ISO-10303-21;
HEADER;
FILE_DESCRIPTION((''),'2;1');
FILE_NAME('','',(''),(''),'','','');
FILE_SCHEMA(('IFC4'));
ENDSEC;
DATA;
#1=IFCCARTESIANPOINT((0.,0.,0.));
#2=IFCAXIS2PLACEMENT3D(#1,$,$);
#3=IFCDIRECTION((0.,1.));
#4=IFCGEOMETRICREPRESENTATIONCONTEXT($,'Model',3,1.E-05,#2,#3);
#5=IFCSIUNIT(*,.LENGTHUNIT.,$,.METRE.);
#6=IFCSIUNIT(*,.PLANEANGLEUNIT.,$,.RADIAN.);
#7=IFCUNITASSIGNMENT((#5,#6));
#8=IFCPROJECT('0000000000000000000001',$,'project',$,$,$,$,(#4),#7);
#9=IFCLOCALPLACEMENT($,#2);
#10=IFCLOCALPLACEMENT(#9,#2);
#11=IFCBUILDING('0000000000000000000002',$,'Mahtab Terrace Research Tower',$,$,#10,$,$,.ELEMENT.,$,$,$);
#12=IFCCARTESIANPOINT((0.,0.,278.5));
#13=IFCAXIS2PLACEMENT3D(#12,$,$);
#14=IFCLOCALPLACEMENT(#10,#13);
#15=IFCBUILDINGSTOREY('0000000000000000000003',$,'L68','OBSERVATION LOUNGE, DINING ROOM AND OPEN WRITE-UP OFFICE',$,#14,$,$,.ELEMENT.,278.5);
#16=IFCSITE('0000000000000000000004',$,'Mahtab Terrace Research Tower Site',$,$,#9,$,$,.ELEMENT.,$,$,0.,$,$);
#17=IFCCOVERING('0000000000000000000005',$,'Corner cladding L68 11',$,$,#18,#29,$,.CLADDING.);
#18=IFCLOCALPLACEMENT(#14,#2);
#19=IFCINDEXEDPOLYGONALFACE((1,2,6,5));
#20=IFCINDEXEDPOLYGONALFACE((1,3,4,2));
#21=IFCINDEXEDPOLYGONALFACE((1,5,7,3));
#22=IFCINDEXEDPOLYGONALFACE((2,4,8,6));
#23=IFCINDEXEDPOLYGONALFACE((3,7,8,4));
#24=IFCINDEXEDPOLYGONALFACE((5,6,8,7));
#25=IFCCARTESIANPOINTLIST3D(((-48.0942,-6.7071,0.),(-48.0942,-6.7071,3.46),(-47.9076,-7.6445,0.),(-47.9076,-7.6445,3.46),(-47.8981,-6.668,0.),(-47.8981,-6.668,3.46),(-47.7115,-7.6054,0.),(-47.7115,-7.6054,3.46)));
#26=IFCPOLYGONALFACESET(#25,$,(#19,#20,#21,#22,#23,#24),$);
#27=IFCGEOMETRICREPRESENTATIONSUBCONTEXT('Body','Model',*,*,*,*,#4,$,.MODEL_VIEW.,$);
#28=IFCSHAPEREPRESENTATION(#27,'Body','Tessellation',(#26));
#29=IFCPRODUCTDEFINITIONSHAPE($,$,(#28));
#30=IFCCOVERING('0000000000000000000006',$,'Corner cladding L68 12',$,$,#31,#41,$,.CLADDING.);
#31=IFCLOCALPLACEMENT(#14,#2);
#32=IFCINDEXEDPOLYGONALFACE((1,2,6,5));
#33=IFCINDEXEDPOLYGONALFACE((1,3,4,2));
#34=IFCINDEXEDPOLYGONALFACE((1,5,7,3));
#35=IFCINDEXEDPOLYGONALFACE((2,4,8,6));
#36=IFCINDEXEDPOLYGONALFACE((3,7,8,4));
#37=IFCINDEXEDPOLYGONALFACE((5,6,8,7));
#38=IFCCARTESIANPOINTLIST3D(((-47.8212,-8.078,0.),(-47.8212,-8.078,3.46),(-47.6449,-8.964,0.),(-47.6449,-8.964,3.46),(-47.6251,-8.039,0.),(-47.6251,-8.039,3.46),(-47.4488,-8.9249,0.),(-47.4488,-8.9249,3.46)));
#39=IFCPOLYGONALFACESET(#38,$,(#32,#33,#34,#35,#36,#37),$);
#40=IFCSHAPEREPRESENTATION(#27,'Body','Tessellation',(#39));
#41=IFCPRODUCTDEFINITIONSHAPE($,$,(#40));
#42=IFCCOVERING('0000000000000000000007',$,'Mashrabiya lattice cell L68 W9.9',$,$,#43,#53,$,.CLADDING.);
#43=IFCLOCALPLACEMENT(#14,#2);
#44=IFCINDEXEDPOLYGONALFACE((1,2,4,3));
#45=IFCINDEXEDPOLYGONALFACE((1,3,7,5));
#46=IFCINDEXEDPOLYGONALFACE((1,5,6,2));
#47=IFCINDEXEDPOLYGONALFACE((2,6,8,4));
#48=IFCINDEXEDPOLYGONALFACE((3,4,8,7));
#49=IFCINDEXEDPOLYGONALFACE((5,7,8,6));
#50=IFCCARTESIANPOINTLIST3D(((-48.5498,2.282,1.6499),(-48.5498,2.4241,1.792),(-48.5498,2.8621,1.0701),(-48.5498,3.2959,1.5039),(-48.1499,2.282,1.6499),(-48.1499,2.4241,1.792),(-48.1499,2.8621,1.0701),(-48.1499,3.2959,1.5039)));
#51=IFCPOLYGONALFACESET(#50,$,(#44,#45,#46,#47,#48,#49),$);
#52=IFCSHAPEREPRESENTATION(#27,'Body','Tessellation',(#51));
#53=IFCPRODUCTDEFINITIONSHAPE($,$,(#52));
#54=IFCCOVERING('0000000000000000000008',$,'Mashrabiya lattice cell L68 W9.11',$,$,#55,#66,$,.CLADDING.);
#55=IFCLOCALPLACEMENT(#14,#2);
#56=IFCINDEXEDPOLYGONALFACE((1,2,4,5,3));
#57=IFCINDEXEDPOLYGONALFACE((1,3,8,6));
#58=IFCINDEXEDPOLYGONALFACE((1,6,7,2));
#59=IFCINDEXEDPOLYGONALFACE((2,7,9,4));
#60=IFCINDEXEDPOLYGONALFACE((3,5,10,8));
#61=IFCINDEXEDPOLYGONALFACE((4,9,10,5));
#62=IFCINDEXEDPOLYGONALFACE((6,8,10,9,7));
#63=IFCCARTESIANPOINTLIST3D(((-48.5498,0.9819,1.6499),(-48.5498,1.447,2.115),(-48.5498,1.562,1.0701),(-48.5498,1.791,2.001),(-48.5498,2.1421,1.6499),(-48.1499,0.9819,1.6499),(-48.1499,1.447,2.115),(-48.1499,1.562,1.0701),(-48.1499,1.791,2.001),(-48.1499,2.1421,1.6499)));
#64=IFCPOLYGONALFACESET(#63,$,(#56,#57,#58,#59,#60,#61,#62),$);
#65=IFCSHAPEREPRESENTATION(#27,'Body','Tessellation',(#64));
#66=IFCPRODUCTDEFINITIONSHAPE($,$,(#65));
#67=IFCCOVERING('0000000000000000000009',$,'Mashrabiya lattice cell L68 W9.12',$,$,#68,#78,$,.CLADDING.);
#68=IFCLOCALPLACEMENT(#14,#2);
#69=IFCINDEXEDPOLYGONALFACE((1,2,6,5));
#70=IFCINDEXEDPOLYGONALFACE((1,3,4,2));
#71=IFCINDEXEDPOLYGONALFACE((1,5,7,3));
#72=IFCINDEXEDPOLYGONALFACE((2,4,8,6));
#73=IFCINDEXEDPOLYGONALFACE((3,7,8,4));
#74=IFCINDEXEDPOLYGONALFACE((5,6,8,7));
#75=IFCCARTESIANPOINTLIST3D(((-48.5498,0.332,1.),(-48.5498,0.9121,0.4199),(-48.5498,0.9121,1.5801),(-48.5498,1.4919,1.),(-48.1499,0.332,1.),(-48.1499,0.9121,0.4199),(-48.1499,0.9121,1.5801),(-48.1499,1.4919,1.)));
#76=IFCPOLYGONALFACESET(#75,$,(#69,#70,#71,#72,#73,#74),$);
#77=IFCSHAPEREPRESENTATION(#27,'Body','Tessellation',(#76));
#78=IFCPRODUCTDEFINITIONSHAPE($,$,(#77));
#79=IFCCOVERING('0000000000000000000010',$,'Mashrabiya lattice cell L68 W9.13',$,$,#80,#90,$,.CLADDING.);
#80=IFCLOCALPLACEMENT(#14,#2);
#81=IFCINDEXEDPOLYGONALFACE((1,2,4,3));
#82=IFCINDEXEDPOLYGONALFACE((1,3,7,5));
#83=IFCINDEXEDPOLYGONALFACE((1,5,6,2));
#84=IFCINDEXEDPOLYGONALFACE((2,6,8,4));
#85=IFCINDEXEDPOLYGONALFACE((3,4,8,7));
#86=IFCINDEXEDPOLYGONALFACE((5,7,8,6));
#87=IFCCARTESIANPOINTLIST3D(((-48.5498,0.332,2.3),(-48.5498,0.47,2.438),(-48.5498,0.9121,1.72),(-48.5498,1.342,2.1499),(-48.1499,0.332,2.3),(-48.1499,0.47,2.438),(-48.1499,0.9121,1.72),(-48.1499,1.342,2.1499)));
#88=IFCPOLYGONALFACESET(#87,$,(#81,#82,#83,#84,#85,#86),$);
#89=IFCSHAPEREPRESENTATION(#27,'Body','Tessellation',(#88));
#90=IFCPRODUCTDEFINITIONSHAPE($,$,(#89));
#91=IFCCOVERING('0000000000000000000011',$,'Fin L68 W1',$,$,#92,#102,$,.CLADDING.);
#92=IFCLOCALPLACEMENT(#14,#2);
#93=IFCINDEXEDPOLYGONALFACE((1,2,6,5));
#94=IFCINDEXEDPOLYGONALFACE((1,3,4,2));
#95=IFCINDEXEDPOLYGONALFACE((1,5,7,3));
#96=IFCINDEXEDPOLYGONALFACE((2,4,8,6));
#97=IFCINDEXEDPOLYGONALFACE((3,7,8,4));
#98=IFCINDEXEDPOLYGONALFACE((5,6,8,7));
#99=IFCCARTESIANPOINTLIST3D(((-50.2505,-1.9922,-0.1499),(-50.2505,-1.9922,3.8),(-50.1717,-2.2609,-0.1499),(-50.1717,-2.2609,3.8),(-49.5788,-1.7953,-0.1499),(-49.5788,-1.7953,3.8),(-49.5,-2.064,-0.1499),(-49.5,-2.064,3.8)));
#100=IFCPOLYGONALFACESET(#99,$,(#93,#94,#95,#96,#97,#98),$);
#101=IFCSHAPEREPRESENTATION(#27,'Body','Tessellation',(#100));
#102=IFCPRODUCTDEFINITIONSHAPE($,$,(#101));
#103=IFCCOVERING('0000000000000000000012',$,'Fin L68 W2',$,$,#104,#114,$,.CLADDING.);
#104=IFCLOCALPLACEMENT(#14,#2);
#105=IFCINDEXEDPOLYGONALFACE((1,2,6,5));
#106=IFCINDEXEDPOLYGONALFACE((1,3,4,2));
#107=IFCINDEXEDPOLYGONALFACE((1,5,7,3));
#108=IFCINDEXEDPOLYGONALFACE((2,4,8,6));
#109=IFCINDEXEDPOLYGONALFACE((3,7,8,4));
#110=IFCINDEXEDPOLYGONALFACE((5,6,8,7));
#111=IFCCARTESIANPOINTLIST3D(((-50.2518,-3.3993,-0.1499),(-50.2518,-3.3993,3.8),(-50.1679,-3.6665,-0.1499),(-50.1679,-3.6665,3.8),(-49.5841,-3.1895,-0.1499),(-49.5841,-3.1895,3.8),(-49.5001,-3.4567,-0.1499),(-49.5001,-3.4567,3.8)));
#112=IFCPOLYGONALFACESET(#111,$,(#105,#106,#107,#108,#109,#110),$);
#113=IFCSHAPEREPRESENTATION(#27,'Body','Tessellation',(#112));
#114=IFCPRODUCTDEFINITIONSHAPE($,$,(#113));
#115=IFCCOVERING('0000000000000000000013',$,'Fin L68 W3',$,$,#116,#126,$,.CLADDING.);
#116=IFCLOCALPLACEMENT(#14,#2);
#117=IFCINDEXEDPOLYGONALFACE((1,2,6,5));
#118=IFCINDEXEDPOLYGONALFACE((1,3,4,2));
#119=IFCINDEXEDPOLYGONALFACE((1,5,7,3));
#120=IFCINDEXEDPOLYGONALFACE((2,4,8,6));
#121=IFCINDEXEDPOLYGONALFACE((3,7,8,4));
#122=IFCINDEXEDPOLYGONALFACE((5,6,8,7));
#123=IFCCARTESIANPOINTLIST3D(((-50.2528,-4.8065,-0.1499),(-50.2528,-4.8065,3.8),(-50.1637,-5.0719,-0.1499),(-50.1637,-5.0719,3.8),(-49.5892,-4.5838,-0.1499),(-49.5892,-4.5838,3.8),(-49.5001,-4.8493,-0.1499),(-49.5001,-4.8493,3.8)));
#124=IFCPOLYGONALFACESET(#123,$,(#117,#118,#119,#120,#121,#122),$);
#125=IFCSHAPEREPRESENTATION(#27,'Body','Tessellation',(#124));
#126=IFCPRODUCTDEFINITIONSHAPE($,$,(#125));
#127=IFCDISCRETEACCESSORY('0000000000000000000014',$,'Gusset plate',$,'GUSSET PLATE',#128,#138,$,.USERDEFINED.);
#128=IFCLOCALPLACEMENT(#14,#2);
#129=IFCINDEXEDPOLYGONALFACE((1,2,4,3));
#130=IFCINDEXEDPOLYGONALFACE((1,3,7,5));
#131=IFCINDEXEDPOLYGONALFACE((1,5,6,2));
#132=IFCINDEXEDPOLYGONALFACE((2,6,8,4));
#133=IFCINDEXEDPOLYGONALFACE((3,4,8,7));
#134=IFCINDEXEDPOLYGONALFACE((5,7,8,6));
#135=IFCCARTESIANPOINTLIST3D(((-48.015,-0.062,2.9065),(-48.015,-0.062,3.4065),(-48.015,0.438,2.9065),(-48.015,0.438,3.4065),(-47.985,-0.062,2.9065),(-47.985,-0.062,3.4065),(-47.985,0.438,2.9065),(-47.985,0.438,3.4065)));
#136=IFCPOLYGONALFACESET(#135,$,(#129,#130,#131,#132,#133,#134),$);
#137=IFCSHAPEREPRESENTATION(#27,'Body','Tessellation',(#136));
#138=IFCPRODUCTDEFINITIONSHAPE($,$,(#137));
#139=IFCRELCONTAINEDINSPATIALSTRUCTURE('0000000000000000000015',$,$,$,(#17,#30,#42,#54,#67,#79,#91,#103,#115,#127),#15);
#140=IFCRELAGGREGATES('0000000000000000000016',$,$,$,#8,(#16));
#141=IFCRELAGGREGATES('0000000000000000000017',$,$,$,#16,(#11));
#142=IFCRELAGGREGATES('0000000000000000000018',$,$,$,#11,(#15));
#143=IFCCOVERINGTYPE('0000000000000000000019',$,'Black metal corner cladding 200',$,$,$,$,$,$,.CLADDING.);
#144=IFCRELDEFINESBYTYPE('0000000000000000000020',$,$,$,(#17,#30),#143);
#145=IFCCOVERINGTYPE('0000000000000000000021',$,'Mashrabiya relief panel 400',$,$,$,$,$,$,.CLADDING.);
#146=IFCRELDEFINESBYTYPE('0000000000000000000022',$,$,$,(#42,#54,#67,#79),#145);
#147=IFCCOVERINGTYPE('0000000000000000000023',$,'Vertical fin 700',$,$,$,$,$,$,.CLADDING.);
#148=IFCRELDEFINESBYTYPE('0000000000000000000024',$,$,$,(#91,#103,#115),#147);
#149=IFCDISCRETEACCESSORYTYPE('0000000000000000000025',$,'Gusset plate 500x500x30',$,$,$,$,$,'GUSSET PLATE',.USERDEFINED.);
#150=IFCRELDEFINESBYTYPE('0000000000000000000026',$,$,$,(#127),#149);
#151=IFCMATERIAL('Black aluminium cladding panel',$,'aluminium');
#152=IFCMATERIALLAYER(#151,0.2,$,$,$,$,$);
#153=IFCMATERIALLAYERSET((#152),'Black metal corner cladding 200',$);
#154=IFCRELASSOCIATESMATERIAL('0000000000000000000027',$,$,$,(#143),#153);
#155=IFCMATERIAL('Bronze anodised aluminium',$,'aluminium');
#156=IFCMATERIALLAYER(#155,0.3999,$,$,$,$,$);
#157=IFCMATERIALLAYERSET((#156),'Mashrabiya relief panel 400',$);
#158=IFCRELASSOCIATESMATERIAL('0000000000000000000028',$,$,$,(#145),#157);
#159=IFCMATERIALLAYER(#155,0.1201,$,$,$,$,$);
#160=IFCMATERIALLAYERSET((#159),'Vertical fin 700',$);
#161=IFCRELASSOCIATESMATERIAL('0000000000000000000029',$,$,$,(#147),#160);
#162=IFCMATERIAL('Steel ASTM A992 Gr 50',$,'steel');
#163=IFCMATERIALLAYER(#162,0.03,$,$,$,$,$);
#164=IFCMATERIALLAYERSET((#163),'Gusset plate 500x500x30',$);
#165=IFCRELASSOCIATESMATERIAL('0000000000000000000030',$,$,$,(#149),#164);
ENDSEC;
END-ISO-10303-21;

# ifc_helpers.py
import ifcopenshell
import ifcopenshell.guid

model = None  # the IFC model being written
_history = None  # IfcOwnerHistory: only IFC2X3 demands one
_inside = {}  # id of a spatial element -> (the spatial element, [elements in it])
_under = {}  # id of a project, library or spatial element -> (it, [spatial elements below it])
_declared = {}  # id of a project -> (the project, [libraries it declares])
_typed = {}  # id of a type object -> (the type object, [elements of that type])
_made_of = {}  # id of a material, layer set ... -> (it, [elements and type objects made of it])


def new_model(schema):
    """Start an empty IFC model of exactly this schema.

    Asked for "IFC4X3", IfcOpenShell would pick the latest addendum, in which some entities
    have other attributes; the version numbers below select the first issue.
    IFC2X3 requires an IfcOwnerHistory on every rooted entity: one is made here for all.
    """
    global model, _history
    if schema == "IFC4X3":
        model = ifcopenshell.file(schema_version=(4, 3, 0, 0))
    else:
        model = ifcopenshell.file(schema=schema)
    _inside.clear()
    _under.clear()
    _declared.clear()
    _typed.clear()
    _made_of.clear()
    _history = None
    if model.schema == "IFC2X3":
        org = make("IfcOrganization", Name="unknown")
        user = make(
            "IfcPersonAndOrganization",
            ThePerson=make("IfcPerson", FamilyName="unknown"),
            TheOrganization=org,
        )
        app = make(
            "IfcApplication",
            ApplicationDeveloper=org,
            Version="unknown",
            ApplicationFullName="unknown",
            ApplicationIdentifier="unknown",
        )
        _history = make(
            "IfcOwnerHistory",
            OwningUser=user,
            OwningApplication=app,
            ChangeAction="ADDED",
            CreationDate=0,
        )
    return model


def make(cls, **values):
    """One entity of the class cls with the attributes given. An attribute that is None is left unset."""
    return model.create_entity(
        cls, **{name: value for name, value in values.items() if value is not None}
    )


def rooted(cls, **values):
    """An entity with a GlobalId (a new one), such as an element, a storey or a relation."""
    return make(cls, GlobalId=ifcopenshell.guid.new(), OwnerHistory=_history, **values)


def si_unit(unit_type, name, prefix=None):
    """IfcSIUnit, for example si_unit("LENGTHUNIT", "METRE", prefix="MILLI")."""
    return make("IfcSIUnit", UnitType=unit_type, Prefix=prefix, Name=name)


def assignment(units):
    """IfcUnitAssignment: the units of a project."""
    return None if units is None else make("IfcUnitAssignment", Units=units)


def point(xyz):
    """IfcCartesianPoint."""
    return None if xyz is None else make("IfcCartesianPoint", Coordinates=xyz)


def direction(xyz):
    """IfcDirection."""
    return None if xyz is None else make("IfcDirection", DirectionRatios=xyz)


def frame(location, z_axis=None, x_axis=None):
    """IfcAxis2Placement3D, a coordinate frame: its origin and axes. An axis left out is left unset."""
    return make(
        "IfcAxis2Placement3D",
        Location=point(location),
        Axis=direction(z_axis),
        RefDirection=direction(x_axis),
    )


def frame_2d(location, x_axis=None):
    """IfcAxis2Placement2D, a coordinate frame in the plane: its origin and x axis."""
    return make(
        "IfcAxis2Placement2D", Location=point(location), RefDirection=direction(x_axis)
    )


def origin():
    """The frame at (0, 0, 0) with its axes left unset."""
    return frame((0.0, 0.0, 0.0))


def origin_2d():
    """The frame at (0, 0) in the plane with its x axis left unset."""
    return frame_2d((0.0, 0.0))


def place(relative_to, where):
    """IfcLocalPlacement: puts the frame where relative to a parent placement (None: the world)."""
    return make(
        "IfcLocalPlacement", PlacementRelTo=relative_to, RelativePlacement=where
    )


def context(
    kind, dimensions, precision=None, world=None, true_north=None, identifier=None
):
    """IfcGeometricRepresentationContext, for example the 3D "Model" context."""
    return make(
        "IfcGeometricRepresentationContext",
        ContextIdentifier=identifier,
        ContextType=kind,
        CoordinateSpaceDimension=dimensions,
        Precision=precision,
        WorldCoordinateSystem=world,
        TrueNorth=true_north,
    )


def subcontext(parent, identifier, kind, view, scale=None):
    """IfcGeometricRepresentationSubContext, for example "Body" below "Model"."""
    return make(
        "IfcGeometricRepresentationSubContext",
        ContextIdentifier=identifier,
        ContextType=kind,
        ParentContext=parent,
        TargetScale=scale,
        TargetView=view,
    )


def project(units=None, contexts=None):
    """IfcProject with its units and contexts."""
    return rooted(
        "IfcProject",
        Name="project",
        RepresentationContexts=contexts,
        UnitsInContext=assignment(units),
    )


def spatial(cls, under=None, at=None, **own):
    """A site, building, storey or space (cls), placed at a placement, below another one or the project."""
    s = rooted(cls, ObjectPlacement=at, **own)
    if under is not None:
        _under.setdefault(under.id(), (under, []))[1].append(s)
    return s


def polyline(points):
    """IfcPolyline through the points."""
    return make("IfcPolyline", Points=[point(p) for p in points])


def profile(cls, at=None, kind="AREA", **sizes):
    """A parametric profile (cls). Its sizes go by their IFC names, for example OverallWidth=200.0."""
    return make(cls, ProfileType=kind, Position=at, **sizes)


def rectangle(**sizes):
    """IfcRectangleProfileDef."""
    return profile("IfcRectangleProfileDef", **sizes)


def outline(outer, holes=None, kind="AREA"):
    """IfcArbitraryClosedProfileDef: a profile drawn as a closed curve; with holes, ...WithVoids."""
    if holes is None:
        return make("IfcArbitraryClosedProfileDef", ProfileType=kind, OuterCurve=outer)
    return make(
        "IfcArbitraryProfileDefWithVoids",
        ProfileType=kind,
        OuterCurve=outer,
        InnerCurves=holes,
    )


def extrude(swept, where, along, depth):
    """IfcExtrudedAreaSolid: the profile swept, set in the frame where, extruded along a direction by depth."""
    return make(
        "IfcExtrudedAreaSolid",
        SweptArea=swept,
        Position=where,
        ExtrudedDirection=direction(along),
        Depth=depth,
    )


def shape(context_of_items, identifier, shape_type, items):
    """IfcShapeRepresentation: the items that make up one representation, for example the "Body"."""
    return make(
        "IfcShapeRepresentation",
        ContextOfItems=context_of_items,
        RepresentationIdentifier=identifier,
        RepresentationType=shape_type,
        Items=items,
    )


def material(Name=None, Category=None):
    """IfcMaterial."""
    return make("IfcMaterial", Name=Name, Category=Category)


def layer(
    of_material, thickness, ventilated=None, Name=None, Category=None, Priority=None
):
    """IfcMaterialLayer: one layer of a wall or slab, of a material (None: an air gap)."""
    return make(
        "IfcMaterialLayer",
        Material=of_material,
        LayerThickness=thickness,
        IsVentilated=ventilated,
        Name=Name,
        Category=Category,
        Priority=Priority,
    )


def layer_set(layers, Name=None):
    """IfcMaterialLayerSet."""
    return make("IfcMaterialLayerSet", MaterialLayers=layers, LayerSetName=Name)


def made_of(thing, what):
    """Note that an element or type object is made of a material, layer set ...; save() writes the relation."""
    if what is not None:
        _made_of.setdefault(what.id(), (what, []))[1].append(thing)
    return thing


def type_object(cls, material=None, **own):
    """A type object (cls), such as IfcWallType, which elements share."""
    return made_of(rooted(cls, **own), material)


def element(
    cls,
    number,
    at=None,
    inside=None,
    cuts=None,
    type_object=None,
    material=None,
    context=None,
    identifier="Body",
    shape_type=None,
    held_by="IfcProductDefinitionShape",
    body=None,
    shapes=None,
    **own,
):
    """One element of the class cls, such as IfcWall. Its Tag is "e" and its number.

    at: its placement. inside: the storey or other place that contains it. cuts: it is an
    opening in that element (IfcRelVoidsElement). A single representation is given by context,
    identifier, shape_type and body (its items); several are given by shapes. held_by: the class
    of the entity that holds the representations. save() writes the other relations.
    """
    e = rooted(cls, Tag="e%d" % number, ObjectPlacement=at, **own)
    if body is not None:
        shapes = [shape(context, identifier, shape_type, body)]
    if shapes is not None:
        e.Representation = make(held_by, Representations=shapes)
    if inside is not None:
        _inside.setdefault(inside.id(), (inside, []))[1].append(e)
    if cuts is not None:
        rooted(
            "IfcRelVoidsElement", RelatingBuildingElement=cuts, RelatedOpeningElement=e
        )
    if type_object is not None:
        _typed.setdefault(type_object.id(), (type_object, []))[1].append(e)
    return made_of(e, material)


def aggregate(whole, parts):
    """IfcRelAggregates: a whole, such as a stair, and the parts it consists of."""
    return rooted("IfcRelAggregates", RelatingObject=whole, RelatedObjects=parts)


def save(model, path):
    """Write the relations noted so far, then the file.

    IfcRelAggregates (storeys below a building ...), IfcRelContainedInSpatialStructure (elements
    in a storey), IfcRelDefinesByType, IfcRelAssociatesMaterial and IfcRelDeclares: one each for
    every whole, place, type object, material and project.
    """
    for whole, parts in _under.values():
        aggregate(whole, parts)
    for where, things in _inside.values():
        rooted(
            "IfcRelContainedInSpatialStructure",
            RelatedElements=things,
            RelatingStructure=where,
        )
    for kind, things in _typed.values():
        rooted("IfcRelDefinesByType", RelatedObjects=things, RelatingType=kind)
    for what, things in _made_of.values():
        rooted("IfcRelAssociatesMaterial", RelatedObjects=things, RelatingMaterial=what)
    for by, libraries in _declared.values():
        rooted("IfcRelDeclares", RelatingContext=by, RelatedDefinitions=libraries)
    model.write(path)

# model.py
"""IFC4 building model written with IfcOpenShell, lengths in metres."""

from ifc_helpers import new_model, si_unit, direction, frame, origin, origin_2d, place, context, subcontext, project, spatial, polyline, rectangle, outline, extrude, material, layer, layer_set, type_object, element, save


model = new_model("IFC4")

# Units and contexts
model_context = context("Model", 3, precision=1e-05, world=origin(), true_north=direction((0.0, 1.0)))
body_context = subcontext(model_context, "Body", "Model", "MODEL_VIEW")
ifc_project = project(units=[si_unit("LENGTHUNIT", "METRE"), si_unit("PLANEANGLEUNIT", "RADIAN")], contexts=[model_context])

# Site, building, storey
site_placement = place(None, origin())
site = spatial("IfcSite", under=ifc_project, at=site_placement, Name="Mahtab Terrace Research Tower Site", CompositionType="ELEMENT", RefElevation=0.0)
building_placement = place(site_placement, origin())
building = spatial("IfcBuilding", under=site, at=building_placement, Name="Mahtab Terrace Research Tower", CompositionType="ELEMENT")
storey_placement = place(building_placement, frame((0.0, 0.0, 278.5)))
storey = spatial("IfcBuildingStorey", under=building, at=storey_placement, Name="L68", Description="OBSERVATION LOUNGE, DINING ROOM AND OPEN WRITE-UP OFFICE", CompositionType="ELEMENT", Elevation=278.5)

# Shared definitions
ifc_material_1 = material(Name="Steel ASTM A992 Gr 50", Category="steel")

# Coverings
ifc_material_2 = material(Name="Black aluminium cladding panel", Category="aluminium")
ifc_layer_1 = layer(ifc_material_2, 0.2)
ifc_layer_set_1 = layer_set([ifc_layer_1], Name="Black metal corner cladding 200")
covering_type_1 = type_object("IfcCoveringType", Name="Black metal corner cladding 200", PredefinedType="CLADDING", material=ifc_layer_set_1)
covering_1_placement = place(storey_placement, frame((-47.9028, -7.1562, 0.0), z_axis=(0.0, 0.0, 1.0), x_axis=(0.195212, -0.980761, 0.0)))
element("IfcCovering", 1, at=covering_1_placement, inside=storey, type_object=covering_type_1, Name="Corner cladding L68 11", PredefinedType="CLADDING", context=body_context, shape_type="SweptSolid", body=[
    extrude(rectangle(XDim=0.9558, YDim=0.2, at=origin_2d()), origin(), (0.0, 0.0, 1.0), 3.46),
])
covering_2_placement = place(storey_placement, frame((-47.635, -8.5015, 0.0), z_axis=(0.0, 0.0, 1.0), x_axis=(0.195212, -0.980761, 0.0)))
element("IfcCovering", 2, at=covering_2_placement, inside=storey, type_object=covering_type_1, Name="Corner cladding L68 12", PredefinedType="CLADDING", context=body_context, shape_type="SweptSolid", body=[
    extrude(rectangle(XDim=0.9033, YDim=0.2, at=origin_2d()), origin(), (0.0, 0.0, 1.0), 3.46),
])
ifc_material_3 = material(Name="Bronze anodised aluminium", Category="aluminium")
ifc_layer_2 = layer(ifc_material_3, 0.3999)
ifc_layer_set_2 = layer_set([ifc_layer_2], Name="Mashrabiya relief panel 400")
covering_type_2 = type_object("IfcCoveringType", Name="Mashrabiya relief panel 400", PredefinedType="CLADDING", material=ifc_layer_set_2)
covering_3_placement = place(storey_placement, frame((-48.1499, 2.282, 1.6499), z_axis=(1.0, 0.0, 0.0), x_axis=(0.0, 0.707256, -0.706958)))
element("IfcCovering", 3, at=covering_3_placement, inside=storey, type_object=covering_type_2, Name="Mashrabiya lattice cell L68 W9.9", PredefinedType="CLADDING", context=body_context, shape_type="SweptSolid", body=[
    extrude(outline(polyline([(0.0, 0.0), (0.8202, 0.0), (0.8203, 0.6135), (0.0, 0.2009), (0.0, 0.0)])), origin(), (0.0, 0.0, -1.0), 0.3999),
])
covering_4_placement = place(storey_placement, frame((-48.1499, 0.9819, 1.6499), z_axis=(1.0, 0.0, 0.0), x_axis=(0.0, 0.707256, -0.706958)))
element("IfcCovering", 4, at=covering_4_placement, inside=storey, type_object=covering_type_2, Name="Mashrabiya lattice cell L68 W9.11", PredefinedType="CLADDING", context=body_context, shape_type="SweptSolid", body=[
    extrude(outline(polyline([(0.0, 0.0), (0.8202, 0.0), (0.8205, 0.8202), (0.324, 0.8203), (0.0001, 0.6577), (0.0, 0.0)])), origin(), (0.0, 0.0, -1.0), 0.3999),
])
covering_5_placement = place(storey_placement, frame((-48.1499, 0.9121, 1.5801), z_axis=(1.0, 0.0, 0.0), x_axis=(0.0, -0.707107, -0.707107)))
element("IfcCovering", 5, at=covering_5_placement, inside=storey, type_object=covering_type_2, Name="Mashrabiya lattice cell L68 W9.12", PredefinedType="CLADDING", context=body_context, shape_type="SweptSolid", body=[
    extrude(outline(polyline([(0.0, 0.0), (0.8204, 0.0), (0.8204, 0.8204), (0.0002, 0.8202), (0.0, 0.0)])), origin(), (0.0, 0.0, -1.0), 0.3999),
])
covering_6_placement = place(storey_placement, frame((-48.1499, 0.332, 2.3), z_axis=(1.0, 0.0, 0.0), x_axis=(0.0, 0.707107, -0.707107)))
element("IfcCovering", 6, at=covering_6_placement, inside=storey, type_object=covering_type_2, Name="Mashrabiya lattice cell L68 W9.13", PredefinedType="CLADDING", context=body_context, shape_type="SweptSolid", body=[
    extrude(outline(polyline([(0.0, 0.0), (0.8204, 0.0), (0.8204, 0.608), (0.0, 0.1951), (0.0, 0.0)])), origin(), (0.0, 0.0, -1.0), 0.3999),
])
ifc_layer_3 = layer(ifc_material_3, 0.1201)
ifc_layer_set_3 = layer_set([ifc_layer_3], Name="Vertical fin 700")
covering_type_3 = type_object("IfcCoveringType", Name="Vertical fin 700", PredefinedType="CLADDING", material=ifc_layer_set_3)
for number, where, z_axis, x_axis, name in (
    (7, (-49.8752, -2.0281, -0.1499), (0.0, 0.0, 1.0), (0.28129, -0.959623, 0.0), "Fin L68 W1"),
    (8, (-49.876, -3.428, -0.1499), (0.0, 0.0, 1.0), (0.299746, -0.954019, 0.0), "Fin L68 W2"),
    (9, (-49.8765, -4.8279, -0.1499), (0.0, 0.0, 1.0), (0.318091, -0.94806, 0.0), "Fin L68 W3"),
):
    element("IfcCovering", number, at=place(storey_placement, frame(where, z_axis=z_axis, x_axis=x_axis)), inside=storey, type_object=covering_type_3, Name=name, PredefinedType="CLADDING", context=body_context, shape_type="SweptSolid", body=[
        extrude(rectangle(XDim=0.28, YDim=0.7, at=origin_2d()), origin(), (0.0, 0.0, 1.0), 3.95),
    ])

# Discrete accessory
ifc_layer_4 = layer(ifc_material_1, 0.03)
ifc_layer_set_4 = layer_set([ifc_layer_4], Name="Gusset plate 500x500x30")
discrete_accessory_type = type_object("IfcDiscreteAccessoryType", Name="Gusset plate 500x500x30", ElementType="GUSSET PLATE", PredefinedType="USERDEFINED", material=ifc_layer_set_4)
discrete_accessory_placement = place(storey_placement, frame((-48.0, 0.188, 2.9065), z_axis=(0.0, 0.0, 1.0), x_axis=(0.0, 1.0, 0.0)))
element("IfcDiscreteAccessory", 10, at=discrete_accessory_placement, inside=storey, type_object=discrete_accessory_type, Name="Gusset plate", ObjectType="GUSSET PLATE", PredefinedType="USERDEFINED", context=body_context, shape_type="SweptSolid", body=[
    extrude(rectangle(XDim=0.5, YDim=0.03, at=origin_2d()), origin(), (0.0, 0.0, 1.0), 0.5),
])

save(model, "model.ifc")
